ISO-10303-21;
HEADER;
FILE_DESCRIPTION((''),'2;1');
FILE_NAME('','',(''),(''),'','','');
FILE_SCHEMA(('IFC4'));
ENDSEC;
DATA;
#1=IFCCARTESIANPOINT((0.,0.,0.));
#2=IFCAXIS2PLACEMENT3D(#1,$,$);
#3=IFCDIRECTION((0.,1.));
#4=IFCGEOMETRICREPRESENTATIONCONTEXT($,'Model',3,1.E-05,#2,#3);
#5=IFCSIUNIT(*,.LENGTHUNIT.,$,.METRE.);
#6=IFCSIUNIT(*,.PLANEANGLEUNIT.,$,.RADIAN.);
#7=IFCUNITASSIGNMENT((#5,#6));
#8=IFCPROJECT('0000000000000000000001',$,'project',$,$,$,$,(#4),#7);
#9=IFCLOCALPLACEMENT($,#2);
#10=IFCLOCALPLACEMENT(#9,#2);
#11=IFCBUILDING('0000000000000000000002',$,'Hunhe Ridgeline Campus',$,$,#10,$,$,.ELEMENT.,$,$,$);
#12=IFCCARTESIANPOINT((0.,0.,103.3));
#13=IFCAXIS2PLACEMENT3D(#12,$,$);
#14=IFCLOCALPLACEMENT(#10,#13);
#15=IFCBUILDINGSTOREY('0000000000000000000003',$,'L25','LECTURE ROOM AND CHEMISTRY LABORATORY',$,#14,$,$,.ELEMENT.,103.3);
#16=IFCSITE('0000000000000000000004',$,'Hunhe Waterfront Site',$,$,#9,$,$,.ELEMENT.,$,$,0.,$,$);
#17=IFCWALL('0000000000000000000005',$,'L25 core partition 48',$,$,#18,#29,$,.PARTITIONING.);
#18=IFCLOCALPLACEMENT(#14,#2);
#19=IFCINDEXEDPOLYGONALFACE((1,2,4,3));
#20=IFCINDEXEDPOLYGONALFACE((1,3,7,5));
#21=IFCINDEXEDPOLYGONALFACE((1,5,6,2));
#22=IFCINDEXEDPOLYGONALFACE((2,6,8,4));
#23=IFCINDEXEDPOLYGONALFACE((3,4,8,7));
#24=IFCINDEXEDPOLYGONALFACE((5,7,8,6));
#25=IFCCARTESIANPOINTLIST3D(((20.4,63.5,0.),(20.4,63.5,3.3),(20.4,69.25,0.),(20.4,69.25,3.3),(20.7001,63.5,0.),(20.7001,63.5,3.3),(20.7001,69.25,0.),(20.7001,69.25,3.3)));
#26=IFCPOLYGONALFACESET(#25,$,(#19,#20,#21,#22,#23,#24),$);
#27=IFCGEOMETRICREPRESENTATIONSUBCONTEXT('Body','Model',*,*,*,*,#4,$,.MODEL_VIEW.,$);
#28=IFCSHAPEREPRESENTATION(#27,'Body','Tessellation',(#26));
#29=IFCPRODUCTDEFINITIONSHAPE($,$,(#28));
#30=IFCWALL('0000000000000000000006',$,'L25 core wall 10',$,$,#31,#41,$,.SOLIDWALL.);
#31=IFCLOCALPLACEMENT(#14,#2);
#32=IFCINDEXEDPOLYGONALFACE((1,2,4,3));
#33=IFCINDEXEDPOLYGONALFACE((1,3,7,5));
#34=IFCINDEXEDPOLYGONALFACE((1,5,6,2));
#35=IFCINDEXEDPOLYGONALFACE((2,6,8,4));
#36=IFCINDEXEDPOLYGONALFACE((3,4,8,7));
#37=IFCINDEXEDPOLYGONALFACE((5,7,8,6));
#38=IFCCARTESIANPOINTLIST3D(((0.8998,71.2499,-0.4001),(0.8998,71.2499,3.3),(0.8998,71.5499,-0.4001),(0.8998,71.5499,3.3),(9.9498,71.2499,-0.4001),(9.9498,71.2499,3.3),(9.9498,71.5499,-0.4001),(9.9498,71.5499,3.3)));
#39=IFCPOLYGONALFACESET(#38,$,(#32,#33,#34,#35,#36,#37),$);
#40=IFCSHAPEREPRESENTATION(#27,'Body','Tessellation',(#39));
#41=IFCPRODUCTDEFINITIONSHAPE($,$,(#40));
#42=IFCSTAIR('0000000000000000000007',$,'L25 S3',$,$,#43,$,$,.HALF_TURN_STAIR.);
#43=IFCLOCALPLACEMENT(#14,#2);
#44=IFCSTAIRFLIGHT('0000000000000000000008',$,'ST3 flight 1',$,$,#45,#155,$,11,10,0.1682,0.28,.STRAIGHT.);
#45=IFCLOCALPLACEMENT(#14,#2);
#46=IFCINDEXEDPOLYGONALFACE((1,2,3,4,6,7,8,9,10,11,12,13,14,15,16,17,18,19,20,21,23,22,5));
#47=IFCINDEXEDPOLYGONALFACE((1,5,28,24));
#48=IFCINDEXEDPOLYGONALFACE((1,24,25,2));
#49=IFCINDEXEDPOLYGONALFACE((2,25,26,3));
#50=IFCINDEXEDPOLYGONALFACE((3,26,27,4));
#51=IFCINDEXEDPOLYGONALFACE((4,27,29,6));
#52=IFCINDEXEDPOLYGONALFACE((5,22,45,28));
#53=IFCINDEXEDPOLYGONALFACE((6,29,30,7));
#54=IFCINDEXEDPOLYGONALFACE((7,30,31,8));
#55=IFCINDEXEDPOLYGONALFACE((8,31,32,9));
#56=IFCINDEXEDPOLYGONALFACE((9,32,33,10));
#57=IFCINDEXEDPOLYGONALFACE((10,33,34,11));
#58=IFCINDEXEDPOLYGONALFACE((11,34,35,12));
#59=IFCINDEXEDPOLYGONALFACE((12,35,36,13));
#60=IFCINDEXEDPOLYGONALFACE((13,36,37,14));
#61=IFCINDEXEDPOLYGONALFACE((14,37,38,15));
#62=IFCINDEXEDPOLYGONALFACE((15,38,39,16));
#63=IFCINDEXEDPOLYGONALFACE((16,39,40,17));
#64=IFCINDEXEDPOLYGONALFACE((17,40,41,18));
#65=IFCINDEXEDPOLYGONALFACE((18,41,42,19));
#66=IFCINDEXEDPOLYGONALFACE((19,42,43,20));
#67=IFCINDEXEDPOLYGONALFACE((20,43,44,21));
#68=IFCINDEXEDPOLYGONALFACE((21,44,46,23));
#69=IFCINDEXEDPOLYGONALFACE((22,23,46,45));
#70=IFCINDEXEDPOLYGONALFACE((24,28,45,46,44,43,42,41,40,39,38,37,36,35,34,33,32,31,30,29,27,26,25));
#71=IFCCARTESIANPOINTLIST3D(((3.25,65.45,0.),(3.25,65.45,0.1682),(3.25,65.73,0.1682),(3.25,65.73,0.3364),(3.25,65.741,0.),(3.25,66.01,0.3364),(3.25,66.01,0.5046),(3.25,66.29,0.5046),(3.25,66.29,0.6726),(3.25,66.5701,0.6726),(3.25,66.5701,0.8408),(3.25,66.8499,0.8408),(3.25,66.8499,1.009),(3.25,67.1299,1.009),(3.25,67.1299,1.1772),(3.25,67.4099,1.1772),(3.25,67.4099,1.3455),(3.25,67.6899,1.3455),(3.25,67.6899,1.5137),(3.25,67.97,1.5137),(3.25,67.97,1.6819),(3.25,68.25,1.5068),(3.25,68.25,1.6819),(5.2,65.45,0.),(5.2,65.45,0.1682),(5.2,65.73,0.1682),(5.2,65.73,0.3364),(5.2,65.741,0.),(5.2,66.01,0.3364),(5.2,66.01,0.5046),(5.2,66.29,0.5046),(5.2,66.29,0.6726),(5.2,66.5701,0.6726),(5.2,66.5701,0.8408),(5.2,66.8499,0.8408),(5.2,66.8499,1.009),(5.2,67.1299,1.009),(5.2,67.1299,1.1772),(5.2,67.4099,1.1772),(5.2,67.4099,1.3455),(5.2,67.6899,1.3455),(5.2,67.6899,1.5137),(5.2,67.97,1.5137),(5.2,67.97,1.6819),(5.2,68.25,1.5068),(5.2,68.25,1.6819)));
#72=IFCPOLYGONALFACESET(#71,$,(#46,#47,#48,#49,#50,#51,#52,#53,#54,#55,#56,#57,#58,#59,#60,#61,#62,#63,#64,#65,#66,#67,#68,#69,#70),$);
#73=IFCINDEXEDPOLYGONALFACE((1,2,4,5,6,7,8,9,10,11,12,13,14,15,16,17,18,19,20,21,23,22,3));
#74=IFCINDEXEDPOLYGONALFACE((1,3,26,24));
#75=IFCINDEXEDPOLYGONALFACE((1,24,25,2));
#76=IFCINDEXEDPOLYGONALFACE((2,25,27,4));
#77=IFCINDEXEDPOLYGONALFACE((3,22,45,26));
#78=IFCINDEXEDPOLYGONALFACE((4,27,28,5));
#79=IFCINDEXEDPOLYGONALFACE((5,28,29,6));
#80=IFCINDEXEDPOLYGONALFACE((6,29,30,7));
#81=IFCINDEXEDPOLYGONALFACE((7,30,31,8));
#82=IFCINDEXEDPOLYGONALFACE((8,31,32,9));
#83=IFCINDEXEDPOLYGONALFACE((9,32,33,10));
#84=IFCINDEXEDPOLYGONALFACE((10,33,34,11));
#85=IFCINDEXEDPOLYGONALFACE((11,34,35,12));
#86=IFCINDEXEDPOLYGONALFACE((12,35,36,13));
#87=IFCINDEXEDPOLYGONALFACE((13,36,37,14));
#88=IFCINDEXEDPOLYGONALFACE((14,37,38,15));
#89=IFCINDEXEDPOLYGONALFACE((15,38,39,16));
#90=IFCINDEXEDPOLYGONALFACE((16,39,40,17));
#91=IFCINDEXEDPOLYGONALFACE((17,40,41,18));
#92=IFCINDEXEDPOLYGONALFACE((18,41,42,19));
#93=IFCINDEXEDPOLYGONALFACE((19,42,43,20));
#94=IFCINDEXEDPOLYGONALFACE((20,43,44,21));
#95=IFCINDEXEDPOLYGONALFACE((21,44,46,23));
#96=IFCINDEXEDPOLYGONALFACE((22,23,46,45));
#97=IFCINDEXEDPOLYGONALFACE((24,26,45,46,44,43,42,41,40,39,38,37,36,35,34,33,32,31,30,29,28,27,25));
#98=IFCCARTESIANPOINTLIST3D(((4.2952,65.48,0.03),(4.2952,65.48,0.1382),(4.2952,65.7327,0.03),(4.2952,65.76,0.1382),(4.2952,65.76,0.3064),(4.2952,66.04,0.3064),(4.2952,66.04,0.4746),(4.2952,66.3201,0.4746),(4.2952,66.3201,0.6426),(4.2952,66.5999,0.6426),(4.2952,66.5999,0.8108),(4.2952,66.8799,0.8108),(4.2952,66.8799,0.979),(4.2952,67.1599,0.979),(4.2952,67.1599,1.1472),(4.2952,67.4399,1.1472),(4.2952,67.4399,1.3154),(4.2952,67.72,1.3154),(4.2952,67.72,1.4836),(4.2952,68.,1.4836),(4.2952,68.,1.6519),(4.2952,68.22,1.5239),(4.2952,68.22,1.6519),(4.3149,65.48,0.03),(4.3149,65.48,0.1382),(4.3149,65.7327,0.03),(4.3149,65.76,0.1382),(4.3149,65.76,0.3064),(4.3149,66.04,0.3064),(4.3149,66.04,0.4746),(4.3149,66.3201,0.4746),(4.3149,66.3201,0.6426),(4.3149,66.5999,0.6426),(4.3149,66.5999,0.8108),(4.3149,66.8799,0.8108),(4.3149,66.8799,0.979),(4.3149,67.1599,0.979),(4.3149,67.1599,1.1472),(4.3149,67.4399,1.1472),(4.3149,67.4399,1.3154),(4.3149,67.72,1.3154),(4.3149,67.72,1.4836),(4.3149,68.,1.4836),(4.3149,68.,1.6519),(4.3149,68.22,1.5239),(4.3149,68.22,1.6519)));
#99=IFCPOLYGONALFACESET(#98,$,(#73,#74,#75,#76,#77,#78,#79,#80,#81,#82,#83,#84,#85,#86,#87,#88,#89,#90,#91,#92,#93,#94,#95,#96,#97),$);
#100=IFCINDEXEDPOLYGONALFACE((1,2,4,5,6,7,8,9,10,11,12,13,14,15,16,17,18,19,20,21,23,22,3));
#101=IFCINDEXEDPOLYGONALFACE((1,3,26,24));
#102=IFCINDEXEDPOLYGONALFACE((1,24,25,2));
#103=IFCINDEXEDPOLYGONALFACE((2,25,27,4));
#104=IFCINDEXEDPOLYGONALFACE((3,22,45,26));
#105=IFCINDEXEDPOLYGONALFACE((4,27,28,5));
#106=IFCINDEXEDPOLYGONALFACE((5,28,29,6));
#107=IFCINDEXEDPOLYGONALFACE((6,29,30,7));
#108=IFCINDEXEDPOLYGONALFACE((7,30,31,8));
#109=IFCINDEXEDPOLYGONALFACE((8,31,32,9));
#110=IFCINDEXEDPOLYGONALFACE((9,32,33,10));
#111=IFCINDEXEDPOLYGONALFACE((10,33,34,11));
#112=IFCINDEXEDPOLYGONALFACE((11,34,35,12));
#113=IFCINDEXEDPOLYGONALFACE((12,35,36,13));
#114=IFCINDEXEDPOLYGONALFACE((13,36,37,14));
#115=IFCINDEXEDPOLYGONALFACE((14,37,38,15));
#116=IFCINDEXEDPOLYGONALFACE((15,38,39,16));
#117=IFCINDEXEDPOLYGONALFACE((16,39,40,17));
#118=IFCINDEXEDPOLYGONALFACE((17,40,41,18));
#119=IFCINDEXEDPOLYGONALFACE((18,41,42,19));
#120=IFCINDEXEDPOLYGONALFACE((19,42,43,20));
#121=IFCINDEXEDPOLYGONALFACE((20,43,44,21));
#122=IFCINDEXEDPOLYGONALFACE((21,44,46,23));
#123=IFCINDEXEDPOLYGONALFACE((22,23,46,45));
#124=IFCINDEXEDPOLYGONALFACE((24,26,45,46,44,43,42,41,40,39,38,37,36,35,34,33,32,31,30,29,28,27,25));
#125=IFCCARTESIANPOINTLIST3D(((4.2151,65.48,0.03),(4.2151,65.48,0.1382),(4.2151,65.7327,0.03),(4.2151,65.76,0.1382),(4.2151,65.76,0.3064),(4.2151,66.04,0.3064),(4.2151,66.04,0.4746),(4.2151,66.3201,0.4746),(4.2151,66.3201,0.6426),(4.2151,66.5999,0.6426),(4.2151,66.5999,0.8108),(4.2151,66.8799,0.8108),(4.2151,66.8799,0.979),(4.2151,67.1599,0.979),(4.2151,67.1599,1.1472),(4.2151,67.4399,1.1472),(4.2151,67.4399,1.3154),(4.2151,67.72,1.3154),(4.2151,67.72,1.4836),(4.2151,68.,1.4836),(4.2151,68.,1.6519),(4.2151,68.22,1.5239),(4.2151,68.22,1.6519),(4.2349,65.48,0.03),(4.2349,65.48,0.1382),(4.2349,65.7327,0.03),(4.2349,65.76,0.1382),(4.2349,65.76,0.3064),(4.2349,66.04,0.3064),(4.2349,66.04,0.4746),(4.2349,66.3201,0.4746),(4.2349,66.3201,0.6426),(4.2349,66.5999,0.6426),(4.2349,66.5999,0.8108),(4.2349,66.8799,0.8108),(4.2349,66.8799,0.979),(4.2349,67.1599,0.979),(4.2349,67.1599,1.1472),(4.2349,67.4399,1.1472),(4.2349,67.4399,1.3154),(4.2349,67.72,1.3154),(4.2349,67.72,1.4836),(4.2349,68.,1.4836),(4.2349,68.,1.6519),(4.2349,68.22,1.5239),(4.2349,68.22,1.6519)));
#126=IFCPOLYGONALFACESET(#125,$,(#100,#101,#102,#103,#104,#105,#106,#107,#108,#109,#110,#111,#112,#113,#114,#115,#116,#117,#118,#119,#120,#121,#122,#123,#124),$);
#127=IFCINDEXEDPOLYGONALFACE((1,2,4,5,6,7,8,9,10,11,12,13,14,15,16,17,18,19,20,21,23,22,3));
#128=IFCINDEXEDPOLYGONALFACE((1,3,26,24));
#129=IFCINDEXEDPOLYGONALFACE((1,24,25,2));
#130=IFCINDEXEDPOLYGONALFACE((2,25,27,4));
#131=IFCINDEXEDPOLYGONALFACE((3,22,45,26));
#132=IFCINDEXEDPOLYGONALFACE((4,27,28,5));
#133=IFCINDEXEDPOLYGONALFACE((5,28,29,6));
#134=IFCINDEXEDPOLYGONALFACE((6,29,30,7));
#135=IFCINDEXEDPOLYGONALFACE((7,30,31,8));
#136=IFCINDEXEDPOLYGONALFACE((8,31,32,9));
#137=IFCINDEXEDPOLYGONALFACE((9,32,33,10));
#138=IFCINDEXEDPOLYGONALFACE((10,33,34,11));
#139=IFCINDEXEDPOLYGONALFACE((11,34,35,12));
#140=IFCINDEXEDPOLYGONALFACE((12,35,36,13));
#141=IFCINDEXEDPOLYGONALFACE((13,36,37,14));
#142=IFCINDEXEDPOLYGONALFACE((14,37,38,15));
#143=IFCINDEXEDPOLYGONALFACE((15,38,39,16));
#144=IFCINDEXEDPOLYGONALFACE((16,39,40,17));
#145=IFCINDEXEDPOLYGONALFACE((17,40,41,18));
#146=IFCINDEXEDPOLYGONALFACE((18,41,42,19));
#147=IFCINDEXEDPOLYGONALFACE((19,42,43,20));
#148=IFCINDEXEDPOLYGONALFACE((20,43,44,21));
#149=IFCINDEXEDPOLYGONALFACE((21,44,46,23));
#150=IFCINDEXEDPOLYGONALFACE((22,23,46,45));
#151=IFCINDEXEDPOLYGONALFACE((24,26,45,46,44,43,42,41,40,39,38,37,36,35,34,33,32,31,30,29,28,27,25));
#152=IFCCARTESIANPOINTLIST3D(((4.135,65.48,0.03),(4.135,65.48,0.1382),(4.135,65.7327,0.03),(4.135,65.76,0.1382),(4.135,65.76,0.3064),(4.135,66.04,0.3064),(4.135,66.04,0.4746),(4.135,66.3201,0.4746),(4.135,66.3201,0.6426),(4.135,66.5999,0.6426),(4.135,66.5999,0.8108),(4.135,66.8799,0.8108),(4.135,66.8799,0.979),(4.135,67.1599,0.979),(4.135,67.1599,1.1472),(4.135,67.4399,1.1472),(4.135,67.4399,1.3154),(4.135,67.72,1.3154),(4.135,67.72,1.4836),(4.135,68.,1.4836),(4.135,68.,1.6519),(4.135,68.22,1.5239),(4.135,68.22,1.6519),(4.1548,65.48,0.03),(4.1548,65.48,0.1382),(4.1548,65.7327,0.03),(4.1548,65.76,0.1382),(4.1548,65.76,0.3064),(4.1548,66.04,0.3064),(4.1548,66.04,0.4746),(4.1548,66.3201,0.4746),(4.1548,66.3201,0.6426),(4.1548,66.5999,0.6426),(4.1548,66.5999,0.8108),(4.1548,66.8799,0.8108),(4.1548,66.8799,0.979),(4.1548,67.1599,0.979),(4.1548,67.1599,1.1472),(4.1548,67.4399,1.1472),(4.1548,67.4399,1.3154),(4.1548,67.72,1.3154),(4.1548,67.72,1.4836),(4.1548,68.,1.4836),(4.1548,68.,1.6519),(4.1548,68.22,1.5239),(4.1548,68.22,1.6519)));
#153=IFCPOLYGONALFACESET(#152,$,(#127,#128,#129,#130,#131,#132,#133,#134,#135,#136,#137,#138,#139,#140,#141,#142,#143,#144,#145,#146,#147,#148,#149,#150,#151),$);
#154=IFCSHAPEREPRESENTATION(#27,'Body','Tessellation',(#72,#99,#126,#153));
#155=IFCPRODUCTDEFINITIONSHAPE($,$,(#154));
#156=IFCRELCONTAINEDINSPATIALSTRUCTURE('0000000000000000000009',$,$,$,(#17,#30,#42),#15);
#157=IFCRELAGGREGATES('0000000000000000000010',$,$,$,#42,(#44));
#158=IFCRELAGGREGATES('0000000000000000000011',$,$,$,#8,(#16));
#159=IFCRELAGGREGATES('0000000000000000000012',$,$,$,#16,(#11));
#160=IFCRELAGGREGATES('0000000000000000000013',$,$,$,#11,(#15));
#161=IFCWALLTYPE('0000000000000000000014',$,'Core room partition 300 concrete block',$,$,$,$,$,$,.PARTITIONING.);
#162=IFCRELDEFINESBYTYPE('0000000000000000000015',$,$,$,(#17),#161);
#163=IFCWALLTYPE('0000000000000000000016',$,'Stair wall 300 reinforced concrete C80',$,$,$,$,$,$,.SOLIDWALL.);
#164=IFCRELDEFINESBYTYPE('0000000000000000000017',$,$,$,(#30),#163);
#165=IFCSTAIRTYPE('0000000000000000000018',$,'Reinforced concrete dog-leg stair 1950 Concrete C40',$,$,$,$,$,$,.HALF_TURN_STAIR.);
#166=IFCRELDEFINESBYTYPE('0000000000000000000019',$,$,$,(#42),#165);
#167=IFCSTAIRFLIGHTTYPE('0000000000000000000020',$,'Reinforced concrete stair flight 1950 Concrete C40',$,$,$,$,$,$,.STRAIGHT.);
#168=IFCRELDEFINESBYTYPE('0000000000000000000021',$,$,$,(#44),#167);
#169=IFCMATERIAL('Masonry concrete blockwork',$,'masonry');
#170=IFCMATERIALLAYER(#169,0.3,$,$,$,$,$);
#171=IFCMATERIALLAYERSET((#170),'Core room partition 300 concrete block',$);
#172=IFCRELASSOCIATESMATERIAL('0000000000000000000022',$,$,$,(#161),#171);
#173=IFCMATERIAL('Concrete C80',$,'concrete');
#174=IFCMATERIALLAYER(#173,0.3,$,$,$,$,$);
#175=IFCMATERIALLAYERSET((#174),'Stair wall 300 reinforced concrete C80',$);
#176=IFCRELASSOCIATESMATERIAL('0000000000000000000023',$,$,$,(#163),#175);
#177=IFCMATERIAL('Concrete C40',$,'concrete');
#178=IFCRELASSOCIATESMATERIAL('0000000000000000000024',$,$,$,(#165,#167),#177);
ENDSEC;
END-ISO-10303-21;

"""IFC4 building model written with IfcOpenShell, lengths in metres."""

from ifc_helpers import new_model, si_unit, direction, frame, frame_2d, origin, place, context, subcontext, project, spatial, polyline, rectangle, outline, extrude, material, layer, layer_set, type_object, element, aggregate, save


model = new_model("IFC4")

# Units and contexts
model_context = context("Model", 3, precision=1e-05, world=origin(), true_north=direction((0.0, 1.0)))
body_context = subcontext(model_context, "Body", "Model", "MODEL_VIEW")
ifc_project = project(units=[si_unit("LENGTHUNIT", "METRE"), si_unit("PLANEANGLEUNIT", "RADIAN")], contexts=[model_context])

# Site, building, storey
site_placement = place(None, origin())
site = spatial("IfcSite", under=ifc_project, at=site_placement, Name="Hunhe Waterfront Site", CompositionType="ELEMENT", RefElevation=0.0)
building_placement = place(site_placement, origin())
building = spatial("IfcBuilding", under=site, at=building_placement, Name="Hunhe Ridgeline Campus", CompositionType="ELEMENT")
storey_placement = place(building_placement, frame((0.0, 0.0, 103.3)))
storey = spatial("IfcBuildingStorey", under=building, at=storey_placement, Name="L25", Description="LECTURE ROOM AND CHEMISTRY LABORATORY", CompositionType="ELEMENT", Elevation=103.3)

# Shared definitions
ifc_material_1 = material(Name="Masonry concrete blockwork", Category="masonry")
ifc_layer_1 = layer(ifc_material_1, 0.3)
ifc_layer_set_1 = layer_set([ifc_layer_1], Name="Core room partition 300 concrete block")
wall_type_1 = type_object("IfcWallType", Name="Core room partition 300 concrete block", PredefinedType="PARTITIONING", material=ifc_layer_set_1)

# Wall
wall_1_placement = place(storey_placement, frame((20.55, 63.5, 0.0), z_axis=(0.0, 0.0, 1.0), x_axis=(0.0, 1.0, 0.0)))
element("IfcWall", 1, at=wall_1_placement, inside=storey, type_object=wall_type_1, Name="L25 core partition 48", PredefinedType="PARTITIONING", context=body_context, shape_type="SweptSolid", body=[
    extrude(rectangle(XDim=5.75, YDim=0.3, at=frame_2d((2.875, 0.0))), origin(), (0.0, 0.0, 1.0), 3.3),
])

# Shared definitions
ifc_material_2 = material(Name="Concrete C80", Category="concrete")

# Wall
ifc_layer_2 = layer(ifc_material_2, 0.3)
ifc_layer_set_2 = layer_set([ifc_layer_2], Name="Stair wall 300 reinforced concrete C80")
wall_type_2 = type_object("IfcWallType", Name="Stair wall 300 reinforced concrete C80", PredefinedType="SOLIDWALL", material=ifc_layer_set_2)
wall_2_placement = place(storey_placement, frame((0.8999, 71.3999, -0.4001), z_axis=(0.0, 0.0, 1.0), x_axis=(1.0, 0.0, 0.0)))
element("IfcWall", 2, at=wall_2_placement, inside=storey, type_object=wall_type_2, Name="L25 core wall 10", PredefinedType="SOLIDWALL", context=body_context, shape_type="SweptSolid", body=[
    extrude(rectangle(XDim=9.05, YDim=0.3, at=frame_2d((4.5249, 0.0))), origin(), (0.0, 0.0, 1.0), 3.7002),
])

# Stair, stair flight
ifc_material_3 = material(Name="Concrete C40", Category="concrete")
stair_type = type_object("IfcStairType", Name="Reinforced concrete dog-leg stair 1950 Concrete C40", PredefinedType="HALF_TURN_STAIR", material=ifc_material_3)
stair_1_placement = place(storey_placement, origin())
stair_1 = element("IfcStair", 3, at=stair_1_placement, inside=storey, type_object=stair_type, Name="L25 S3", PredefinedType="HALF_TURN_STAIR")
stair_flight_type = type_object("IfcStairFlightType", Name="Reinforced concrete stair flight 1950 Concrete C40", PredefinedType="STRAIGHT", material=ifc_material_3)
stair_flight_1_placement = place(storey_placement, frame((4.2251, 65.45, 0.0), z_axis=(0.0, 0.0, 1.0), x_axis=(0.0, 1.0, 0.0)))
stair_flight_1 = element("IfcStairFlight", 4, at=stair_flight_1_placement, type_object=stair_flight_type, Name="ST3 flight 1", NumberOfRisers=11, NumberOfTreads=10, PredefinedType="STRAIGHT", RiserHeight=0.1682, TreadLength=0.28, context=body_context, shape_type="SweptSolid", body=[
    extrude(outline(polyline([(0.0, 0.0), (0.0, 0.1682), (0.28, 0.1682), (0.28, 0.3364), (0.5601, 0.3364), (0.5601, 0.5046), (0.8401, 0.5046), (0.8401, 0.6726), (1.1201, 0.6726), (1.1201, 0.8408), (1.3999, 0.8408), (1.3999, 1.009), (1.6799, 1.009), (1.6799, 1.1772), (1.96, 1.1772), (1.96, 1.3455), (2.24, 1.3455), (2.24, 1.5137), (2.52, 1.5137), (2.52, 1.6819), (2.8, 1.6819), (2.8, 1.8501), (2.8, 1.5068), (0.291, 0.0), (0.0, 0.0)])), frame((0.0, 0.9751, 0.0), z_axis=(0.0, -1.0, 0.0), x_axis=(1.0, 0.0, 0.0)), (0.0, 0.0, 1.0), 1.95),
    extrude(outline(polyline([(0.03, 0.03), (0.03, 0.1382), (0.3101, 0.1382), (0.3101, 0.3064), (0.5901, 0.3064), (0.5901, 0.4746), (0.8701, 0.4746), (0.8701, 0.6426), (1.1499, 0.6426), (1.1499, 0.8108), (1.4299, 0.8108), (1.4299, 0.979), (1.71, 0.979), (1.71, 1.1472), (1.99, 1.1472), (1.99, 1.3154), (2.27, 1.3154), (2.27, 1.4836), (2.55, 1.4836), (2.55, 1.6519), (2.77, 1.6519), (2.77, 1.5239), (0.2827, 0.03), (0.03, 0.03)])), frame((0.0, -0.0701, 0.0), z_axis=(0.0, -1.0, 0.0), x_axis=(1.0, 0.0, 0.0)), (0.0, 0.0, 1.0), 0.0198),
    extrude(outline(polyline([(0.03, 0.03), (0.03, 0.1382), (0.3101, 0.1382), (0.3101, 0.3064), (0.5901, 0.3064), (0.5901, 0.4746), (0.8701, 0.4746), (0.8701, 0.6426), (1.1499, 0.6426), (1.1499, 0.8108), (1.4299, 0.8108), (1.4299, 0.979), (1.71, 0.979), (1.71, 1.1472), (1.99, 1.1472), (1.99, 1.3154), (2.27, 1.3154), (2.27, 1.4836), (2.55, 1.4836), (2.55, 1.6519), (2.77, 1.6519), (2.77, 1.5239), (0.2827, 0.03), (0.03, 0.03)])), frame((0.0, 0.01, 0.0), z_axis=(0.0, -1.0, 0.0), x_axis=(1.0, 0.0, 0.0)), (0.0, 0.0, 1.0), 0.0198),
    extrude(outline(polyline([(0.03, 0.03), (0.03, 0.1382), (0.3101, 0.1382), (0.3101, 0.3064), (0.5901, 0.3064), (0.5901, 0.4746), (0.8701, 0.4746), (0.8701, 0.6426), (1.1499, 0.6426), (1.1499, 0.8108), (1.4299, 0.8108), (1.4299, 0.979), (1.71, 0.979), (1.71, 1.1472), (1.99, 1.1472), (1.99, 1.3154), (2.27, 1.3154), (2.27, 1.4836), (2.55, 1.4836), (2.55, 1.6519), (2.77, 1.6519), (2.77, 1.5239), (0.2827, 0.03), (0.03, 0.03)])), frame((0.0, 0.0901, 0.0), z_axis=(0.0, -1.0, 0.0), x_axis=(1.0, 0.0, 0.0)), (0.0, 0.0, 1.0), 0.0198),
])
aggregate(stair_1, [stair_flight_1])

save(model, "model.ifc")
